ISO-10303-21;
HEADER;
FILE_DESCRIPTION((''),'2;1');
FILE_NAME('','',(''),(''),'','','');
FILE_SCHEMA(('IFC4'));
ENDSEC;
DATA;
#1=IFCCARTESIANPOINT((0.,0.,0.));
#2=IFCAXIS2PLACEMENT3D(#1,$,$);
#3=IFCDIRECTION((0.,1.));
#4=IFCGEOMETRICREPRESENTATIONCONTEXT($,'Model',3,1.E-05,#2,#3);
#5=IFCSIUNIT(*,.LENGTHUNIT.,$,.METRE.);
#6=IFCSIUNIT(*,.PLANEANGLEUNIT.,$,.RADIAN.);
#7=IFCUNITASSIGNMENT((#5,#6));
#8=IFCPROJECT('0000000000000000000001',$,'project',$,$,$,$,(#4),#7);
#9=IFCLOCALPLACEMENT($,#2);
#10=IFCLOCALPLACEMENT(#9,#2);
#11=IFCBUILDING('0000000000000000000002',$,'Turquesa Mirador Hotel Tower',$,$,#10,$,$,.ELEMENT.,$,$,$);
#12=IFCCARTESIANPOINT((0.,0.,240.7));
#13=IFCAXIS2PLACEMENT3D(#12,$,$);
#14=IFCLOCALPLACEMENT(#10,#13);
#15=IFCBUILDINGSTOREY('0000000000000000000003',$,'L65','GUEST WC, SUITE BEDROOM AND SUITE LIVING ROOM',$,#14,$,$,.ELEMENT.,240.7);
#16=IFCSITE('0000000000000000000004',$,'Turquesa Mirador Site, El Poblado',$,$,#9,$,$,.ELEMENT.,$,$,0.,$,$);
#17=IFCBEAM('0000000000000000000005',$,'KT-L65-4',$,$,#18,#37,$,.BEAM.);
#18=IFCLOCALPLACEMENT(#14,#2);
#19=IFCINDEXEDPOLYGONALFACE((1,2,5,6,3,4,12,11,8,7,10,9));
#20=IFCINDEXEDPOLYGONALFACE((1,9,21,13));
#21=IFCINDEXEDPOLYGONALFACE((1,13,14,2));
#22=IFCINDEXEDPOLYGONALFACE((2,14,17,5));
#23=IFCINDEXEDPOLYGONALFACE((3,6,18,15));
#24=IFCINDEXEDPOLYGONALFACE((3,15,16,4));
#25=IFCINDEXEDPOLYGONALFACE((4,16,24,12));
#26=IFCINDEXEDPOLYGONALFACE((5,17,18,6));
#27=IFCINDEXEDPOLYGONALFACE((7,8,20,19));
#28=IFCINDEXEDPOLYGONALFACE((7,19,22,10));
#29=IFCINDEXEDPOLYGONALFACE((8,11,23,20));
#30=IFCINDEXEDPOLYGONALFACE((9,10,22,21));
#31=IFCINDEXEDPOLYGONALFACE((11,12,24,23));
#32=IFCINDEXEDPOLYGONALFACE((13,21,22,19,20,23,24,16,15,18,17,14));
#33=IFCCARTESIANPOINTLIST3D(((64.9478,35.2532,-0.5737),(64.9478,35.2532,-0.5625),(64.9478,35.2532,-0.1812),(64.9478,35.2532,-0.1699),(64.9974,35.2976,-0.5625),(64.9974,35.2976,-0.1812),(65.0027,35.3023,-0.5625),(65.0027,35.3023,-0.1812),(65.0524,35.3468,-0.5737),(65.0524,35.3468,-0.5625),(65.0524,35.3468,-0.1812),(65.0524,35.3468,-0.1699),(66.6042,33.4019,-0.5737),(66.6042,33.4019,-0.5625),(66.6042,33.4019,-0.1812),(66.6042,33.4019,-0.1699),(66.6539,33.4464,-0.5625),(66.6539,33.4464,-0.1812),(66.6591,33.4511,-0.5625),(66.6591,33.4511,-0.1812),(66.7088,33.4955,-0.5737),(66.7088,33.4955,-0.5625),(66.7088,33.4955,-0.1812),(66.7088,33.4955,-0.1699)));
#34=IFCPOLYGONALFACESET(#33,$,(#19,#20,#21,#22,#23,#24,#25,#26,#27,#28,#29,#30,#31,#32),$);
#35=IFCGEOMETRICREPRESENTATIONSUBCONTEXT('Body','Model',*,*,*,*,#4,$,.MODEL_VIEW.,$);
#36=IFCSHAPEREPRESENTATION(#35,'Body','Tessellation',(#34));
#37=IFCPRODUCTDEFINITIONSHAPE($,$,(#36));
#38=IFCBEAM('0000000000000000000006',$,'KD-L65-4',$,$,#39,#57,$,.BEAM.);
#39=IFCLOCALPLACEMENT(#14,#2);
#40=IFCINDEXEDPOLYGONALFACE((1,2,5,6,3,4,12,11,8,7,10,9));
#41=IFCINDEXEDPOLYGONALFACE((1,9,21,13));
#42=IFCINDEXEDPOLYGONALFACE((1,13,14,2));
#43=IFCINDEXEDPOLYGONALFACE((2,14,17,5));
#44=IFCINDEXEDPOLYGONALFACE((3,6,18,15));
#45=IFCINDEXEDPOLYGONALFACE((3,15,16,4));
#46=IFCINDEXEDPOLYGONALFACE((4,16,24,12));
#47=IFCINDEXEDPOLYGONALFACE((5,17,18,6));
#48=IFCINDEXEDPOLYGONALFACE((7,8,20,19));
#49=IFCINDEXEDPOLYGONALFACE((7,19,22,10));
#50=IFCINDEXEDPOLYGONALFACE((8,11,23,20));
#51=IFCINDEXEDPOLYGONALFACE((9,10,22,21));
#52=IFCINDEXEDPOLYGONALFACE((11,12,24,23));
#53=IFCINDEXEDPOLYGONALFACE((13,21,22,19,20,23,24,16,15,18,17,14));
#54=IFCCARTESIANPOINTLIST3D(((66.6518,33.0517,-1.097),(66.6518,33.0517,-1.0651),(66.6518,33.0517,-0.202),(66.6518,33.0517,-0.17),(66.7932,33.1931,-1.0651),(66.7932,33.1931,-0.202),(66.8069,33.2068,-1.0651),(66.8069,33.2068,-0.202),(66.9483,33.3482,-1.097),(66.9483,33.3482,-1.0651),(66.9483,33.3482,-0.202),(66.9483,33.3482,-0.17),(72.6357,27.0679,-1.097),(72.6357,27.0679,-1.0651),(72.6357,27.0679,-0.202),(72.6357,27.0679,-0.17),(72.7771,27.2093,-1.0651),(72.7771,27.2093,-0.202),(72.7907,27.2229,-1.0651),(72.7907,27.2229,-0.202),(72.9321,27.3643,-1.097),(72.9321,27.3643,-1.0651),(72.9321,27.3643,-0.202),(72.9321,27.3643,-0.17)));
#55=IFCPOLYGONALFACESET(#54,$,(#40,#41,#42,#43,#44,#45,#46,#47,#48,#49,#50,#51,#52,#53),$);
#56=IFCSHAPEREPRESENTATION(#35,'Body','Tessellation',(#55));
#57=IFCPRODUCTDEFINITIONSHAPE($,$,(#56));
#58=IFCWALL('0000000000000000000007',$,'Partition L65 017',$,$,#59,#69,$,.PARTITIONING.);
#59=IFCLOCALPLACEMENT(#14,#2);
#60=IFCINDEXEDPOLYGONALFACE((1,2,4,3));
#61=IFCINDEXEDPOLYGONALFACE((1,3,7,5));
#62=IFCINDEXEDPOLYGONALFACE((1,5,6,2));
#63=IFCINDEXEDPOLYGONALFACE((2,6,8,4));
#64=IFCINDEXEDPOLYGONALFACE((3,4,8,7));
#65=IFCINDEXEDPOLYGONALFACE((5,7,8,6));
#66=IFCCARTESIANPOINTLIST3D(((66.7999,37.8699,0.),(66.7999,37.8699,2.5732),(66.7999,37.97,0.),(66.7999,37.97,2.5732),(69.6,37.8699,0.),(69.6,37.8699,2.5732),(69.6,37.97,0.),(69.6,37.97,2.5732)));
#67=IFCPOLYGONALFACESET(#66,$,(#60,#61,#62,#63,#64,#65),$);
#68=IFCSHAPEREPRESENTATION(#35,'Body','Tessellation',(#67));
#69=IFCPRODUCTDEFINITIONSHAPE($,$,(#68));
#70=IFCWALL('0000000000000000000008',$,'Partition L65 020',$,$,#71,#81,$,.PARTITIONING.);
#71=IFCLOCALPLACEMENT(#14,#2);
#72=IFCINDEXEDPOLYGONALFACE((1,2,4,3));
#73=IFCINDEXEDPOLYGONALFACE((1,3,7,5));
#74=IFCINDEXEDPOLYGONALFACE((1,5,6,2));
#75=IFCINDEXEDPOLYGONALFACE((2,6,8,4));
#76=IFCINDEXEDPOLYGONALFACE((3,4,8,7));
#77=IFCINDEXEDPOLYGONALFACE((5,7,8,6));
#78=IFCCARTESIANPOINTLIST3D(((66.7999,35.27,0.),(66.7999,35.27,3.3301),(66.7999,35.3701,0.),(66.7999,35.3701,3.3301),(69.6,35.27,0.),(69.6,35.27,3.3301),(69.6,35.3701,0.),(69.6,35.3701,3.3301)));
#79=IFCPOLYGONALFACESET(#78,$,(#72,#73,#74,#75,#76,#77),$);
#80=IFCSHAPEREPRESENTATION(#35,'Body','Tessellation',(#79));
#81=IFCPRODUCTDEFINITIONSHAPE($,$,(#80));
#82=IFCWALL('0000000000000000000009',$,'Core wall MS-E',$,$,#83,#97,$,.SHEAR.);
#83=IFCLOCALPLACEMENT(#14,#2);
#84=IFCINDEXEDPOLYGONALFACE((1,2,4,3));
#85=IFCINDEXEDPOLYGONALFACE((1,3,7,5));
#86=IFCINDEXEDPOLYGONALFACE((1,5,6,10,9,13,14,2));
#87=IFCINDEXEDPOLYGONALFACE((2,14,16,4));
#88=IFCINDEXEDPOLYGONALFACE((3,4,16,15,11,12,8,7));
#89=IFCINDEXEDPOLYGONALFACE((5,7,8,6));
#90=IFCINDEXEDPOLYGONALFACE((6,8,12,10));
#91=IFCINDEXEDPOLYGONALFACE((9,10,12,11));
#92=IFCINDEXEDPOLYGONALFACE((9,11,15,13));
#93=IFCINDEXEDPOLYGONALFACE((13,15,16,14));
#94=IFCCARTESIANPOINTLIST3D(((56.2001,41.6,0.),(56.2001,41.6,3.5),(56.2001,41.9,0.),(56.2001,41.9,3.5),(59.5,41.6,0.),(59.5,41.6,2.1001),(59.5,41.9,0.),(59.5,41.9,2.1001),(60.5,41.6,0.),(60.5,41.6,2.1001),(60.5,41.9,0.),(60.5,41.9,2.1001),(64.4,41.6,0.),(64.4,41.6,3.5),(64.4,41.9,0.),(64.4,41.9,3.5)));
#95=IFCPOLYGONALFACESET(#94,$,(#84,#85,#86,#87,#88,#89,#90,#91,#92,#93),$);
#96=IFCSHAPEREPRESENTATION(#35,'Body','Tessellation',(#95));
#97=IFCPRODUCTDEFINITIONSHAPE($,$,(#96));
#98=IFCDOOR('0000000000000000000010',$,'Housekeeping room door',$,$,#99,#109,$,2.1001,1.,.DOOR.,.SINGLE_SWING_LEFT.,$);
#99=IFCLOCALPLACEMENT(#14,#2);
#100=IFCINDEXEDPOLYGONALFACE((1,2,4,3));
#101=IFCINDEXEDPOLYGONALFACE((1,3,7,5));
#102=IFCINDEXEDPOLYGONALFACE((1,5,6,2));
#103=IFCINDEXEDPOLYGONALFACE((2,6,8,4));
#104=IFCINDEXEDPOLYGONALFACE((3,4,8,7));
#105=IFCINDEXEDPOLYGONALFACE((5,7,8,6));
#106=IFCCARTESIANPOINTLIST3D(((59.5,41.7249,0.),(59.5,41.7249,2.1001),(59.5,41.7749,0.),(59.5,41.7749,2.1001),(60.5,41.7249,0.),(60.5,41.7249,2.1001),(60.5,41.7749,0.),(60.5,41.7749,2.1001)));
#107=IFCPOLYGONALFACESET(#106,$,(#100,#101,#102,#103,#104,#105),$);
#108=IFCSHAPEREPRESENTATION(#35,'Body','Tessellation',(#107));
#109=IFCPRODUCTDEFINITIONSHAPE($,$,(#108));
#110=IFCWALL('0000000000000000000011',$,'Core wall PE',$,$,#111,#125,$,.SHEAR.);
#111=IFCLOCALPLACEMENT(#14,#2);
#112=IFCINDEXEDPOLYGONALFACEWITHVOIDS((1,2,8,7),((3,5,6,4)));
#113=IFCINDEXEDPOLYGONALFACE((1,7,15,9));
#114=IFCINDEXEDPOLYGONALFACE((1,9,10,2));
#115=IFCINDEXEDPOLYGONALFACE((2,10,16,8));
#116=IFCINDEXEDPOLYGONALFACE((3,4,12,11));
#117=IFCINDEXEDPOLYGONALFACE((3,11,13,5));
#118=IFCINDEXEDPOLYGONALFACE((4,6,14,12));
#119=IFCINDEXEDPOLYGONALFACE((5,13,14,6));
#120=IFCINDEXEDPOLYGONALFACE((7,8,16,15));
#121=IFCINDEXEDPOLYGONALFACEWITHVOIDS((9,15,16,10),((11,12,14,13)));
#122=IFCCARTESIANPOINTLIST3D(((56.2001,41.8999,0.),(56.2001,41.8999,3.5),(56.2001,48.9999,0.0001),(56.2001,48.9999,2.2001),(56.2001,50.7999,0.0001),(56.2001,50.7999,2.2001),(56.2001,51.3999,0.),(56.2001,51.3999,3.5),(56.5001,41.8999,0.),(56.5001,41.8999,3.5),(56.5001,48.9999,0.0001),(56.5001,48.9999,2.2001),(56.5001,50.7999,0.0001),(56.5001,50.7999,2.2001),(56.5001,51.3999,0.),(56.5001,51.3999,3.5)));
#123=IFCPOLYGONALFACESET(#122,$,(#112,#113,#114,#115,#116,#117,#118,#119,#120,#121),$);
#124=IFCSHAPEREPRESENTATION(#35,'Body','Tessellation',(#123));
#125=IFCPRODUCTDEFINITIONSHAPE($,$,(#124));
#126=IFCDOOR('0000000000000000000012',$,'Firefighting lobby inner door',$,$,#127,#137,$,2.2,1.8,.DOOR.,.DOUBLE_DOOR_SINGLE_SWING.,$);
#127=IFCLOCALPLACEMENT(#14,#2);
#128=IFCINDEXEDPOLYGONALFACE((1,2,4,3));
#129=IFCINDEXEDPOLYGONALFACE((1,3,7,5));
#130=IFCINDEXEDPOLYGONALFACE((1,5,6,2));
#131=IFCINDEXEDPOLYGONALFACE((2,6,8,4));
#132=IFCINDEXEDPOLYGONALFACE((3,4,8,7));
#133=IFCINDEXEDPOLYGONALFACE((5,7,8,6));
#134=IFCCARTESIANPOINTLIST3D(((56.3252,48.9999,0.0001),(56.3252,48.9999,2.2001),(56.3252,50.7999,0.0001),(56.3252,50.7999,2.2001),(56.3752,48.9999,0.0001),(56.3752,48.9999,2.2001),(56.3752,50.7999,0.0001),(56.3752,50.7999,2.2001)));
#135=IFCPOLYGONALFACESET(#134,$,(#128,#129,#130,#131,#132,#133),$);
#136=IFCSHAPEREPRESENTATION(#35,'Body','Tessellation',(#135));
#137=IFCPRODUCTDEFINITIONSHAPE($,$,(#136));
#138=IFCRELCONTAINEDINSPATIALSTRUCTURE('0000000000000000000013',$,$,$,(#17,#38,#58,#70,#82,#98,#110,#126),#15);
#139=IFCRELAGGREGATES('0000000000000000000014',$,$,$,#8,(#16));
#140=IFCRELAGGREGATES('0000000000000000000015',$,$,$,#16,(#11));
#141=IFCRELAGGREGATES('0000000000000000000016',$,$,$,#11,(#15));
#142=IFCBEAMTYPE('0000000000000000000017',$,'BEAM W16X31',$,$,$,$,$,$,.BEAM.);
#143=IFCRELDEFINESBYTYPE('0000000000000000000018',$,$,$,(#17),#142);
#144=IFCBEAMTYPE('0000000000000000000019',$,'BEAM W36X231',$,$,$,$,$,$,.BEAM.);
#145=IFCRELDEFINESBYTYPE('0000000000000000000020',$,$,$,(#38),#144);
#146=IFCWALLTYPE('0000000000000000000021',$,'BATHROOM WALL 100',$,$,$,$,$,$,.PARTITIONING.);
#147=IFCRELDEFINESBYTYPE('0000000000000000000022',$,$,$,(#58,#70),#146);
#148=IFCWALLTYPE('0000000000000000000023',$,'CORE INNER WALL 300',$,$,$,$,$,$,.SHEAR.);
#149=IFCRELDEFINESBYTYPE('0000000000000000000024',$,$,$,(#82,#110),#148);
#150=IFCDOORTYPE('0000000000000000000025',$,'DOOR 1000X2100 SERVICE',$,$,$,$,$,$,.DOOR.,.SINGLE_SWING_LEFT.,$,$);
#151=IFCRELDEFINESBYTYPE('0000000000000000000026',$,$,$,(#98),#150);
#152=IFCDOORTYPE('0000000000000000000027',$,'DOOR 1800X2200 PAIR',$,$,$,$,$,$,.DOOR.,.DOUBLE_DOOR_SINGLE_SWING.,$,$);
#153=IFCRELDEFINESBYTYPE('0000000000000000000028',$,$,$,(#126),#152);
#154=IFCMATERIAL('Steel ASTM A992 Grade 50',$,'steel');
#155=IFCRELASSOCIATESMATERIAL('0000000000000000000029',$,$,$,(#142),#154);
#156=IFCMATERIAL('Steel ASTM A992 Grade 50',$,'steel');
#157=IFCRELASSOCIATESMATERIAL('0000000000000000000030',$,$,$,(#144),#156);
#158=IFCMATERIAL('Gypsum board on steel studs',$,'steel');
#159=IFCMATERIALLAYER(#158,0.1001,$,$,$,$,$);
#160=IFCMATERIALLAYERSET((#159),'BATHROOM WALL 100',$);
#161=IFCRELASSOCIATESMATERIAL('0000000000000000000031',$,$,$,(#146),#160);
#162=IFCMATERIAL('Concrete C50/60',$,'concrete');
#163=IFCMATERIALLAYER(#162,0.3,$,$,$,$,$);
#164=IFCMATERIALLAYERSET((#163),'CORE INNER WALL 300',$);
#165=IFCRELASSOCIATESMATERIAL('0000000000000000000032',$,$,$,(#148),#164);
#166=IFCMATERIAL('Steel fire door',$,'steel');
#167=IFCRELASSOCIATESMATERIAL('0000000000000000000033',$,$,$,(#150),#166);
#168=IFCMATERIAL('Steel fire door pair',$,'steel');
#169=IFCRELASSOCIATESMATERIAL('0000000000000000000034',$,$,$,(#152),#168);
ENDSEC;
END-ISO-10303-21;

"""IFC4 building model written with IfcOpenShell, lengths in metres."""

from ifc_helpers import new_model, si_unit, direction, frame, frame_2d, origin, origin_2d, place, context, subcontext, project, spatial, rectangle, i_section, extrude, material, layer, layer_set, material_profile, profile_set, type_object, element, fill, save


model = new_model("IFC4")

# Units and contexts
model_context = context("Model", 3, precision=1e-05, world=origin(), true_north=direction((0.0, 1.0)))
body_context = subcontext(model_context, "Body", "Model", "MODEL_VIEW")
ifc_project = project(units=[si_unit("LENGTHUNIT", "METRE"), si_unit("PLANEANGLEUNIT", "RADIAN")], contexts=[model_context])

# Site, building, storey
site_placement = place(None, origin())
site = spatial("IfcSite", under=ifc_project, at=site_placement, Name="Turquesa Mirador Site, El Poblado", CompositionType="ELEMENT", RefElevation=0.0)
building_placement = place(site_placement, origin())
building = spatial("IfcBuilding", under=site, at=building_placement, Name="Turquesa Mirador Hotel Tower", CompositionType="ELEMENT")
storey_placement = place(building_placement, frame((0.0, 0.0, 240.7)))
storey = spatial("IfcBuildingStorey", under=building, at=storey_placement, Name="L65", Description="GUEST WC, SUITE BEDROOM AND SUITE LIVING ROOM", CompositionType="ELEMENT", Elevation=240.7)

# Beams
ifc_material_1 = material(Name="Steel ASTM A992 Grade 50", Category="steel")
ifc_material_profile_1 = material_profile(ifc_material_1, i_section(OverallWidth=0.1404, OverallDepth=0.4038, WebThickness=0.0071, FlangeThickness=0.0112, at=origin_2d()), Name="W16X31")
ifc_profile_set_1 = profile_set([ifc_material_profile_1], Name="Steel ASTM A992 Grade 50")
beam_type_1 = type_object("IfcBeamType", Name="BEAM W16X31", PredefinedType="BEAM", material=ifc_profile_set_1)
beam_1_placement = place(storey_placement, frame((66.6565, 33.4487, -0.3718), z_axis=(-0.666806, 0.745231, 0.0), x_axis=(-0.745231, -0.666806, 0.0)))
element("IfcBeam", 1, at=beam_1_placement, inside=storey, type_object=beam_type_1, Name="KT-L65-4", PredefinedType="BEAM", context=body_context, shape_type="SweptSolid", body=[
    extrude(i_section(OverallWidth=0.1404, OverallDepth=0.4038, WebThickness=0.0071, FlangeThickness=0.0112, at=origin_2d()), origin(), (0.0, 0.0, 1.0), 2.4841),
])
ifc_material_2 = material(Name="Steel ASTM A992 Grade 50", Category="steel")
ifc_material_profile_2 = material_profile(ifc_material_2, i_section(OverallWidth=0.4192, OverallDepth=0.927, WebThickness=0.0193, FlangeThickness=0.032, at=origin_2d()), Name="W36X231")
ifc_profile_set_2 = profile_set([ifc_material_profile_2], Name="Steel ASTM A992 Grade 50")
beam_type_2 = type_object("IfcBeamType", Name="BEAM W36X231", PredefinedType="BEAM", material=ifc_profile_set_2)
beam_2_placement = place(storey_placement, frame((66.8, 33.2, -0.6335), z_axis=(0.707107, -0.707107, 0.0), x_axis=(0.707107, 0.707107, 0.0)))
element("IfcBeam", 2, at=beam_2_placement, inside=storey, type_object=beam_type_2, Name="KD-L65-4", PredefinedType="BEAM", context=body_context, shape_type="SweptSolid", body=[
    extrude(i_section(OverallWidth=0.4192, OverallDepth=0.927, WebThickness=0.0193, FlangeThickness=0.032, at=origin_2d()), origin(), (0.0, 0.0, 1.0), 8.4624),
])

# Walls
ifc_material_3 = material(Name="Gypsum board on steel studs", Category="steel")
ifc_layer_1 = layer(ifc_material_3, 0.1001)
ifc_layer_set_1 = layer_set([ifc_layer_1], Name="BATHROOM WALL 100")
wall_type_1 = type_object("IfcWallType", Name="BATHROOM WALL 100", PredefinedType="PARTITIONING", material=ifc_layer_set_1)
wall_1_placement = place(storey_placement, frame((66.8, 37.9199, 0.0), z_axis=(0.0, 0.0, 1.0), x_axis=(1.0, 0.0, 0.0)))
element("IfcWall", 3, at=wall_1_placement, inside=storey, type_object=wall_type_1, Name="Partition L65 017", PredefinedType="PARTITIONING", context=body_context, shape_type="SweptSolid", body=[
    extrude(rectangle(XDim=2.8, YDim=0.1001, at=frame_2d((1.3999, 0.0))), origin(), (0.0, 0.0, 1.0), 2.5732),
])
wall_2_placement = place(storey_placement, frame((66.8, 35.3201, 0.0), z_axis=(0.0, 0.0, 1.0), x_axis=(1.0, 0.0, 0.0)))
element("IfcWall", 4, at=wall_2_placement, inside=storey, type_object=wall_type_1, Name="Partition L65 020", PredefinedType="PARTITIONING", context=body_context, shape_type="SweptSolid", body=[
    extrude(rectangle(XDim=2.8, YDim=0.1001, at=frame_2d((1.3999, 0.0))), origin(), (0.0, 0.0, 1.0), 3.3301),
])

# Walls, openings, doors
ifc_material_4 = material(Name="Concrete C50/60", Category="concrete")
ifc_layer_2 = layer(ifc_material_4, 0.3)
ifc_layer_set_2 = layer_set([ifc_layer_2], Name="CORE INNER WALL 300")
wall_type_2 = type_object("IfcWallType", Name="CORE INNER WALL 300", PredefinedType="SHEAR", material=ifc_layer_set_2)
wall_3_placement = place(storey_placement, frame((56.2, 41.75, 0.0), z_axis=(0.0, 0.0, 1.0), x_axis=(1.0, 0.0, 0.0)))
wall_3 = element("IfcWall", 5, at=wall_3_placement, inside=storey, type_object=wall_type_2, Name="Core wall MS-E", PredefinedType="SHEAR", context=body_context, shape_type="SweptSolid", body=[
    extrude(rectangle(XDim=8.2, YDim=0.3, at=frame_2d((4.1001, 0.0))), origin(), (0.0, 0.0, 1.0), 3.5),
])
opening_1_placement = place(wall_3_placement, frame((3.3, 0.0, 0.0)))
opening_1 = element("IfcOpeningElement", 6, at=opening_1_placement, cuts=wall_3, PredefinedType="OPENING", context=body_context, shape_type="SweptSolid", body=[
    extrude(rectangle(XDim=1.0, YDim=2.1001, at=frame_2d((0.5, 1.05))), frame((0.0, 0.1599, 0.0), z_axis=(0.0, -1.0, 0.0), x_axis=(1.0, 0.0, 0.0)), (0.0, 0.0, 1.0), 0.3201),
])
ifc_material_5 = material(Name="Steel fire door", Category="steel")
door_type_1 = type_object("IfcDoorType", Name="DOOR 1000X2100 SERVICE", OperationType="SINGLE_SWING_LEFT", PredefinedType="DOOR", material=ifc_material_5)
door_1_placement = place(opening_1_placement, origin())
door_1 = element("IfcDoor", 7, at=door_1_placement, inside=storey, type_object=door_type_1, Name="Housekeeping room door", OperationType="SINGLE_SWING_LEFT", OverallHeight=2.1001, OverallWidth=1.0, PredefinedType="DOOR", context=body_context, shape_type="SweptSolid", body=[
    extrude(rectangle(XDim=1.0, YDim=2.1001, at=frame_2d((0.5, 1.05))), frame((0.0, 0.0249, 0.0), z_axis=(0.0, -1.0, 0.0), x_axis=(1.0, 0.0, 0.0)), (0.0, 0.0, 1.0), 0.05),
])
fill(opening_1, door_1)
wall_4_placement = place(storey_placement, frame((56.3501, 41.8999, 0.0), z_axis=(0.0, 0.0, 1.0), x_axis=(0.0, 1.0, 0.0)))
wall_4 = element("IfcWall", 8, at=wall_4_placement, inside=storey, type_object=wall_type_2, Name="Core wall PE", PredefinedType="SHEAR", context=body_context, shape_type="SweptSolid", body=[
    extrude(rectangle(XDim=9.5, YDim=0.3, at=frame_2d((4.75, 0.0))), origin(), (0.0, 0.0, 1.0), 3.5),
])
opening_2_placement = place(wall_4_placement, frame((7.1001, 0.0, 0.0)))
opening_2 = element("IfcOpeningElement", 9, at=opening_2_placement, cuts=wall_4, PredefinedType="OPENING", context=body_context, shape_type="SweptSolid", body=[
    extrude(rectangle(XDim=1.8, YDim=2.2, at=frame_2d((0.8999, 1.1001))), frame((0.0, 0.1599, 0.0), z_axis=(0.0, -1.0, 0.0), x_axis=(1.0, 0.0, 0.0)), (0.0, 0.0, 1.0), 0.3201),
])
ifc_material_6 = material(Name="Steel fire door pair", Category="steel")
door_type_2 = type_object("IfcDoorType", Name="DOOR 1800X2200 PAIR", OperationType="DOUBLE_DOOR_SINGLE_SWING", PredefinedType="DOOR", material=ifc_material_6)
door_2_placement = place(opening_2_placement, origin())
door_2 = element("IfcDoor", 10, at=door_2_placement, inside=storey, type_object=door_type_2, Name="Firefighting lobby inner door", OperationType="DOUBLE_DOOR_SINGLE_SWING", OverallHeight=2.2, OverallWidth=1.8, PredefinedType="DOOR", context=body_context, shape_type="SweptSolid", body=[
    extrude(rectangle(XDim=1.8, YDim=2.2, at=frame_2d((0.8999, 1.1001))), frame((0.0, 0.0249, 0.0), z_axis=(0.0, -1.0, 0.0), x_axis=(1.0, 0.0, 0.0)), (0.0, 0.0, 1.0), 0.05),
])
fill(opening_2, door_2)

save(model, "model.ifc")
